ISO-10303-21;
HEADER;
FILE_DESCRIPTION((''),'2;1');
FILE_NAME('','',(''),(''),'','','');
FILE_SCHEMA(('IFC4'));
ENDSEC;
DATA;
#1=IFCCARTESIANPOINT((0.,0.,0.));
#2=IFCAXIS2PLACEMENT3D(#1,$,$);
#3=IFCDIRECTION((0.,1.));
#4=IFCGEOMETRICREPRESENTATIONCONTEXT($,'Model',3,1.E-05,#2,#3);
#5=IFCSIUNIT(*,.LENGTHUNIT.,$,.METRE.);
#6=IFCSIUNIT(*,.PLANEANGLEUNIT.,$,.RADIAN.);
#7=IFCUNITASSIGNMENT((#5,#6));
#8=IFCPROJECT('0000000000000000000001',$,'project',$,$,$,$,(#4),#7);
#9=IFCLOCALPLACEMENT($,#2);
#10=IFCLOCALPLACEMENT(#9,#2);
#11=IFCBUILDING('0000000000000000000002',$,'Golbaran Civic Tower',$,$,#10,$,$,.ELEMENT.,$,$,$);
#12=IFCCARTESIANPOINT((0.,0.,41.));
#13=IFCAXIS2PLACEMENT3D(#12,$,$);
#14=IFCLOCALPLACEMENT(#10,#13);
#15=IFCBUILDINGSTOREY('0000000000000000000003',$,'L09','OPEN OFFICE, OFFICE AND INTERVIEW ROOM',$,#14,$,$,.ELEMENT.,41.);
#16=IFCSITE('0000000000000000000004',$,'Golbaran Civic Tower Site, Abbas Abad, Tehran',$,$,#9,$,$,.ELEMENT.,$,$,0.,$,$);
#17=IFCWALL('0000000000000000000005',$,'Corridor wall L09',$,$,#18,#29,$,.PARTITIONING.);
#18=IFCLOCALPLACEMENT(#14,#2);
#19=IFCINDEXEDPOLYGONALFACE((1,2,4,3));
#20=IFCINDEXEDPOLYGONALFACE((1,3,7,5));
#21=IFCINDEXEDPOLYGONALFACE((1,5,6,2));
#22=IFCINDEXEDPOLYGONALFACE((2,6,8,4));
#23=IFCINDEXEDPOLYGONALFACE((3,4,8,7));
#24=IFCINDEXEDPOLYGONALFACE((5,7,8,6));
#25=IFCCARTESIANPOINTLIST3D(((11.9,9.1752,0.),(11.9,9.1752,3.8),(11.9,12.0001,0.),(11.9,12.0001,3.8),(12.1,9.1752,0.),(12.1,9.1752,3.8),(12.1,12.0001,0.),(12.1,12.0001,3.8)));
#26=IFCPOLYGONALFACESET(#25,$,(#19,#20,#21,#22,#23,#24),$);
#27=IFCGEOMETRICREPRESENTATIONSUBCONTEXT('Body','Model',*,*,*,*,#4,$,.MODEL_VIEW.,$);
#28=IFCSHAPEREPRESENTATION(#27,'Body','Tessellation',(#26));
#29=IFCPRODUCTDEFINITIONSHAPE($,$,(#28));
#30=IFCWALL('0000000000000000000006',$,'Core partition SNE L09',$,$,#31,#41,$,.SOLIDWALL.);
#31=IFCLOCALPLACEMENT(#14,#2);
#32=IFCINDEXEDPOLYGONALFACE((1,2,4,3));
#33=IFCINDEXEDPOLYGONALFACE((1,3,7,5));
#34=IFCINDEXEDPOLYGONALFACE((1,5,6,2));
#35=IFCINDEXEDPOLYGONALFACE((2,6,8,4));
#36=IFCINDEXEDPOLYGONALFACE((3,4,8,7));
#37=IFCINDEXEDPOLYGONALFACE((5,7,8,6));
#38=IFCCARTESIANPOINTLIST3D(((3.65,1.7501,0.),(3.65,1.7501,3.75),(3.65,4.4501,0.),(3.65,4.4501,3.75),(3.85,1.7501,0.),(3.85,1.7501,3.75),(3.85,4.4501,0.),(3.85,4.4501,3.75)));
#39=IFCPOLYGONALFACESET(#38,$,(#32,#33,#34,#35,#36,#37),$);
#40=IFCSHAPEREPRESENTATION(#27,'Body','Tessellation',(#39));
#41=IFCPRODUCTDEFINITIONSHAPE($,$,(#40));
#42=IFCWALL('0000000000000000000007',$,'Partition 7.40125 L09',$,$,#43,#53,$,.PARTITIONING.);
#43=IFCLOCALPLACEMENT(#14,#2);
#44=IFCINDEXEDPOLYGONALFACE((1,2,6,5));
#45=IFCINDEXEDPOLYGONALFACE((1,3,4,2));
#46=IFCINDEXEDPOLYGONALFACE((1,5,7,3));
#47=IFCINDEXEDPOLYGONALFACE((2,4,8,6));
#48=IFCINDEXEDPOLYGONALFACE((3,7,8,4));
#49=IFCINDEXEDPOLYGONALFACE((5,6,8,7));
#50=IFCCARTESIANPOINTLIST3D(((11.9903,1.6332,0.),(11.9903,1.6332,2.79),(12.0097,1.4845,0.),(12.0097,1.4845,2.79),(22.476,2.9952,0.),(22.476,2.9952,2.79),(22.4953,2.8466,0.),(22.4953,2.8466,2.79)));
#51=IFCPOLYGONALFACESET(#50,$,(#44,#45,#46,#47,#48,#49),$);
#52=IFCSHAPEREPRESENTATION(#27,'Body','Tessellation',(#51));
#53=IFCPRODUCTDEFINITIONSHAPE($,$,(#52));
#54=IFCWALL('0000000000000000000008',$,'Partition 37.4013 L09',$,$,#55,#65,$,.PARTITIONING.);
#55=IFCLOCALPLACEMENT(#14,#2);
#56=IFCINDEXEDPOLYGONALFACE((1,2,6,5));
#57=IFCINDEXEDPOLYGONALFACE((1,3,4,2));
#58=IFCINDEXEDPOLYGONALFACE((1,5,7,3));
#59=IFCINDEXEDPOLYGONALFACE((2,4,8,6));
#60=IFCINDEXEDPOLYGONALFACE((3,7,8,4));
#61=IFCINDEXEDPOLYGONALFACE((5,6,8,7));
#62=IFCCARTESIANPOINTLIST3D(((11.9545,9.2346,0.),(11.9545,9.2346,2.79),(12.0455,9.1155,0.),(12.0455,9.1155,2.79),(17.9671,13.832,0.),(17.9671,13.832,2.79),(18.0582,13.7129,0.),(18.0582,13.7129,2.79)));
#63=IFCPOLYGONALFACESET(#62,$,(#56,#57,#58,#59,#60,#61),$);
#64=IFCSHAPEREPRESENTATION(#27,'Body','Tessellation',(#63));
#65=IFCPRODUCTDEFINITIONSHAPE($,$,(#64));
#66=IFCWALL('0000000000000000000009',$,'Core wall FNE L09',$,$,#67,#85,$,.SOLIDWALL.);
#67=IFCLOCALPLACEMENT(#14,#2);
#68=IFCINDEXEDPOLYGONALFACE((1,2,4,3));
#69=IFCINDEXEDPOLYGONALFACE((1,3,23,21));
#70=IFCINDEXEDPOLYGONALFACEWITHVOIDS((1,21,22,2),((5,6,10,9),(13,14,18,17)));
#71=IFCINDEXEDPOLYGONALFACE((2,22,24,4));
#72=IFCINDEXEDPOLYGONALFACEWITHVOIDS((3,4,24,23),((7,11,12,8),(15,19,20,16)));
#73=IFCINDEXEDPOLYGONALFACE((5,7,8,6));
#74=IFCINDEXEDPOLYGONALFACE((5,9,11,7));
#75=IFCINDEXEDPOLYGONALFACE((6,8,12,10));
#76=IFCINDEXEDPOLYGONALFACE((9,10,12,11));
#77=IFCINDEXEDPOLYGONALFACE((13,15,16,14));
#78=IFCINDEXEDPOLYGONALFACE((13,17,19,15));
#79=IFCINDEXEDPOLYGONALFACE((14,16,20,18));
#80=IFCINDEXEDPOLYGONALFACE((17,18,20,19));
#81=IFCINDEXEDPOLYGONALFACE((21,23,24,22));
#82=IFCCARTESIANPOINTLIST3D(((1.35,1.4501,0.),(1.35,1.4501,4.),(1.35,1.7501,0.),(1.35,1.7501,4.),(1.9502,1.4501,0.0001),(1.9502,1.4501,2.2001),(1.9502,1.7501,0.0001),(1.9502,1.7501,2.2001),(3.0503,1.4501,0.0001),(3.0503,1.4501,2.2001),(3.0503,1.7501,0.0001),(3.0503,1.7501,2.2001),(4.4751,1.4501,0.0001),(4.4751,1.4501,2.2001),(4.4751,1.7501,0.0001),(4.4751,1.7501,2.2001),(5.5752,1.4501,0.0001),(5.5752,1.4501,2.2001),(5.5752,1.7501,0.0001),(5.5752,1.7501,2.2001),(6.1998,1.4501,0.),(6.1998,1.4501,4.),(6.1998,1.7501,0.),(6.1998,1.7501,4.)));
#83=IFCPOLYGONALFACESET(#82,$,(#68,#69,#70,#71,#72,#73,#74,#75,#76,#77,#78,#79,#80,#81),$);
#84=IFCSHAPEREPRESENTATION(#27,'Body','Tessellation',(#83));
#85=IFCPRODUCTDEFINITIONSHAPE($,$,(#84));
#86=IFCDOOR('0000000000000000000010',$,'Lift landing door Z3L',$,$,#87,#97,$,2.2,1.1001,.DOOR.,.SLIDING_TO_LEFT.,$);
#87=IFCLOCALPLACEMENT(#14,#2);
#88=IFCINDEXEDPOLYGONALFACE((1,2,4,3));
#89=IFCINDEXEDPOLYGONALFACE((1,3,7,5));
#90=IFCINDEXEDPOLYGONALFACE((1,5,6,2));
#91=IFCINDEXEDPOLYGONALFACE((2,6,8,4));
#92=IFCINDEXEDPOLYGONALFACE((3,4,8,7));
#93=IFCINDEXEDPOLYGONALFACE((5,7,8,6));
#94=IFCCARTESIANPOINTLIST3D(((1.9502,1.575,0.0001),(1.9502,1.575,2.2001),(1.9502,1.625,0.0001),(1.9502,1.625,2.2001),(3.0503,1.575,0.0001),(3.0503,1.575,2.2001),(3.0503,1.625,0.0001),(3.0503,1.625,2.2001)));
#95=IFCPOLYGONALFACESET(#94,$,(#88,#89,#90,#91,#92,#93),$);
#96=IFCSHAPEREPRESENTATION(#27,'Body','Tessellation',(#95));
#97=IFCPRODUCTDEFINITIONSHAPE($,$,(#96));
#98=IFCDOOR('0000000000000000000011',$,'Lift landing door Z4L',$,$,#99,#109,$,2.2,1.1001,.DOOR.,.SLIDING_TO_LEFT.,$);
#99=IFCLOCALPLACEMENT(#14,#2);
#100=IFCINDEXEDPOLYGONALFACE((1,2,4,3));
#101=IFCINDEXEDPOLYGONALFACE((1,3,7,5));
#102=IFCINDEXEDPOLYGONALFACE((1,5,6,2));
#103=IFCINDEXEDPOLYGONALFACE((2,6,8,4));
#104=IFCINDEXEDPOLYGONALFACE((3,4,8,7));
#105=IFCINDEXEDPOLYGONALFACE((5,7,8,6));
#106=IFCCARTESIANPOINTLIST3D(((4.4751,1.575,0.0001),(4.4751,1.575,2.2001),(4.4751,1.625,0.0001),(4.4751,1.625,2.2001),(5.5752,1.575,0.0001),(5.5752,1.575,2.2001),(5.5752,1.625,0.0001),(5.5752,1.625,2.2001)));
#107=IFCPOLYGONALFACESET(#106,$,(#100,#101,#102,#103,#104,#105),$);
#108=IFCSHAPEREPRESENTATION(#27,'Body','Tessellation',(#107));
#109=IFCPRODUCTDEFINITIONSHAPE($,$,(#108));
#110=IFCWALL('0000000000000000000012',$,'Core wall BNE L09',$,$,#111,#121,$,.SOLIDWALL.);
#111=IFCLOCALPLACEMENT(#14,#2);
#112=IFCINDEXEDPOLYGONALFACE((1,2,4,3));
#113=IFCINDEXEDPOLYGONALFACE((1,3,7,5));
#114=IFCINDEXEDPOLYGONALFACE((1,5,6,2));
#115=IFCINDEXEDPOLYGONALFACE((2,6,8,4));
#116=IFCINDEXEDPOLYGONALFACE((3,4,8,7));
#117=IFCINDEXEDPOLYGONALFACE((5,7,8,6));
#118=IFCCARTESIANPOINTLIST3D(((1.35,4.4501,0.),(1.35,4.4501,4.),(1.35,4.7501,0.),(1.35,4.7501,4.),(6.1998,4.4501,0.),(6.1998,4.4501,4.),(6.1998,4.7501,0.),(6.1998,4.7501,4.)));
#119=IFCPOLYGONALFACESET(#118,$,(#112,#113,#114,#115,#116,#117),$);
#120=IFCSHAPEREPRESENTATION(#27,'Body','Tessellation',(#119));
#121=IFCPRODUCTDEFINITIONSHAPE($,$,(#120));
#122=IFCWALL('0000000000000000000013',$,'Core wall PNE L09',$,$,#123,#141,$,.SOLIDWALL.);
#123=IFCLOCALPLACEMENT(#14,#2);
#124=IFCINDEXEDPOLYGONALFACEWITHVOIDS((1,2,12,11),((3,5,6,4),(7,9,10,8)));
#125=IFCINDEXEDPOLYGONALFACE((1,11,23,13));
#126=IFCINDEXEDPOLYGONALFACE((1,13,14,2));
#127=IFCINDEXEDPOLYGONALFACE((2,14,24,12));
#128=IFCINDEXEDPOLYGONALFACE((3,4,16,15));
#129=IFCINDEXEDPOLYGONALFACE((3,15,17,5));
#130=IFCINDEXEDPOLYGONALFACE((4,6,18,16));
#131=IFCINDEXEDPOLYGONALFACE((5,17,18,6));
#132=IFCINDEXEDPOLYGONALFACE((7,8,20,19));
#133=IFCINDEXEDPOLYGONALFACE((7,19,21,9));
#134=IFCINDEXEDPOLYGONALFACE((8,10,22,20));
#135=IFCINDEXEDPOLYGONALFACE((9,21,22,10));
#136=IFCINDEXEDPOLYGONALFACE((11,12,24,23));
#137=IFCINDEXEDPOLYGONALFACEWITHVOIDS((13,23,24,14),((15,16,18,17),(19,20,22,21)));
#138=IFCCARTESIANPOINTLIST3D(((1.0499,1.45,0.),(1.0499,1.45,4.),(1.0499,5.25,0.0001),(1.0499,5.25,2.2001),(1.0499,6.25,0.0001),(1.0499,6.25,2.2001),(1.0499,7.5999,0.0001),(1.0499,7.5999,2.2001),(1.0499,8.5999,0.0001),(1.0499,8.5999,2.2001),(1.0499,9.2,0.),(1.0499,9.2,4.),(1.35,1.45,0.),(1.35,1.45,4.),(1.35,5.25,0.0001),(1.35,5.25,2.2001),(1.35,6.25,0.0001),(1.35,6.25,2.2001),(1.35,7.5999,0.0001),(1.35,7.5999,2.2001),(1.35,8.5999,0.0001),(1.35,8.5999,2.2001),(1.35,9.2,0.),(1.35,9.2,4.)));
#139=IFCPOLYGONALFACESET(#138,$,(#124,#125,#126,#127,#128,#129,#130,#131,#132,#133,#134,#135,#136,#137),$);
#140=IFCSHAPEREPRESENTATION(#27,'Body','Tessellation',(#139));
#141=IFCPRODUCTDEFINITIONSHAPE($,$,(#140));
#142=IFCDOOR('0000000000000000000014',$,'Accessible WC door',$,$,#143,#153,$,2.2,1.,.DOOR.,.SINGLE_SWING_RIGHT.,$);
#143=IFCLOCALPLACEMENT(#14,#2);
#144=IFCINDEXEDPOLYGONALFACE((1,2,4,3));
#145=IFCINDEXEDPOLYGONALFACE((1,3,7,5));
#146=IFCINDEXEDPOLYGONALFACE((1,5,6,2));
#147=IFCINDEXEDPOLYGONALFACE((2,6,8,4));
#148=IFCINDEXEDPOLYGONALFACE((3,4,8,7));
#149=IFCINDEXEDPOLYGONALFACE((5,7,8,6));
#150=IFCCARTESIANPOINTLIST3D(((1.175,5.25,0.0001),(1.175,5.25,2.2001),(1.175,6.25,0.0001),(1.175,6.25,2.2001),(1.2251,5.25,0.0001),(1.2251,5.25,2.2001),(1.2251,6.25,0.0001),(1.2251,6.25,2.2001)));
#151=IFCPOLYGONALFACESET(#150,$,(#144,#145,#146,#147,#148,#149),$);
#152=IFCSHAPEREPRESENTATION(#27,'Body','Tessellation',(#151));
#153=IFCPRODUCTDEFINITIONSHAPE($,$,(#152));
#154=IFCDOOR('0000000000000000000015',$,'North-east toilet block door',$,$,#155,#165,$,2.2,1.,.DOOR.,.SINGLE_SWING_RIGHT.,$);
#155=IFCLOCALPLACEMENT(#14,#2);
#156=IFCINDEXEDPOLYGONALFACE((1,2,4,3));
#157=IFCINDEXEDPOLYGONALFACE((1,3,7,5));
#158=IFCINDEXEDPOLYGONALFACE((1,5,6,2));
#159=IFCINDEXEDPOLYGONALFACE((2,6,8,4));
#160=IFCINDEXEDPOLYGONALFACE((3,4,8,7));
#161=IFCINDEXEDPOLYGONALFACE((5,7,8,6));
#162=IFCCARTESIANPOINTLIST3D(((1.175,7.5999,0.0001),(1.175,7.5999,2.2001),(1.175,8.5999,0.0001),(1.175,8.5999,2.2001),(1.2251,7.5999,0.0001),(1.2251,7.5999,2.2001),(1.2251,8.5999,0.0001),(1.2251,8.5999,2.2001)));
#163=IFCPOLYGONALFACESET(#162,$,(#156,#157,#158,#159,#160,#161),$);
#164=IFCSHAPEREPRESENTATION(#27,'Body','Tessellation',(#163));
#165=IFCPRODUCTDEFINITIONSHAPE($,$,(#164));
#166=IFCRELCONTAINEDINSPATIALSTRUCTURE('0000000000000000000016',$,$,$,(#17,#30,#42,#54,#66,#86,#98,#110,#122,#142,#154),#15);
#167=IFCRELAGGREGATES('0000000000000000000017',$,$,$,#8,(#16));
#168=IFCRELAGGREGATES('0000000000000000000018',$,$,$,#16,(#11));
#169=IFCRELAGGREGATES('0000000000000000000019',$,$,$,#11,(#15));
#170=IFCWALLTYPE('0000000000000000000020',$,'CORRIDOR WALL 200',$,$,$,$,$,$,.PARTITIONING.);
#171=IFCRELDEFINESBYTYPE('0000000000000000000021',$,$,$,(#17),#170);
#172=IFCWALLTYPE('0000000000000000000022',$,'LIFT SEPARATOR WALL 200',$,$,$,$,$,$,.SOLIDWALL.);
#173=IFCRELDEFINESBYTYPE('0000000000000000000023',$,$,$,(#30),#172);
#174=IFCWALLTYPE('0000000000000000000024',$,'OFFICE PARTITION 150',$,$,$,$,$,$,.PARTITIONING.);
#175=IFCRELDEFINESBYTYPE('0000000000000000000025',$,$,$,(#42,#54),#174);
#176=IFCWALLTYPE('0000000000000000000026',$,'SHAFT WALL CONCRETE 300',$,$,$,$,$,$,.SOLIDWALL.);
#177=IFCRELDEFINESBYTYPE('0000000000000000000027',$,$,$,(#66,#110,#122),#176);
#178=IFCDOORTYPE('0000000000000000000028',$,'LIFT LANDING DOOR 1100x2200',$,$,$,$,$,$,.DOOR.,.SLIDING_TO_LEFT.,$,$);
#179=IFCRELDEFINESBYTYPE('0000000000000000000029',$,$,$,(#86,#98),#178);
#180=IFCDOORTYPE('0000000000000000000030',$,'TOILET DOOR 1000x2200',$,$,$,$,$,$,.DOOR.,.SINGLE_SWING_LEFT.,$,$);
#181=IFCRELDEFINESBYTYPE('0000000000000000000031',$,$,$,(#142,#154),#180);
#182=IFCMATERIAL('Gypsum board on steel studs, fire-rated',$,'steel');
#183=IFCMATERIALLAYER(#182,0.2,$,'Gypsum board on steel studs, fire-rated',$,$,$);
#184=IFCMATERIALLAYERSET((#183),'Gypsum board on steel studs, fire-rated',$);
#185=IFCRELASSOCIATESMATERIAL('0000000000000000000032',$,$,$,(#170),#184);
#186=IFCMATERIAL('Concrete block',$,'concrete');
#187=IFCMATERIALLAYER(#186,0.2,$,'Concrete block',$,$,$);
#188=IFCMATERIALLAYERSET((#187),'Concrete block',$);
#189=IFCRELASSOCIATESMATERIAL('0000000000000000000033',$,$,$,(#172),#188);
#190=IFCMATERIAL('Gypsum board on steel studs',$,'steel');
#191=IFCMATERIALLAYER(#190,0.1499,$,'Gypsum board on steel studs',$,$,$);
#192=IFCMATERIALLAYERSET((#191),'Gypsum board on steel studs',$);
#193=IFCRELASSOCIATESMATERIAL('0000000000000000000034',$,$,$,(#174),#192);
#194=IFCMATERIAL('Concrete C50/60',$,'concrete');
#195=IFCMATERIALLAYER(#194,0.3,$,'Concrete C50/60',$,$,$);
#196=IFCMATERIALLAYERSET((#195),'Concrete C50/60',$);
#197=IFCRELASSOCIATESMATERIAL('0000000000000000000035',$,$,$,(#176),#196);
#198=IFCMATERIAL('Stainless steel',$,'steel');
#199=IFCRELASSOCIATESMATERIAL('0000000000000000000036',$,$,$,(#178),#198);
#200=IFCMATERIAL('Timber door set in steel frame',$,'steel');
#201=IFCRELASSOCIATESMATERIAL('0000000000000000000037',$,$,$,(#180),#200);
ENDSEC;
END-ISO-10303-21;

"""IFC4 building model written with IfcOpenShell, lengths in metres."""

from ifc_helpers import new_model, si_unit, direction, frame, frame_2d, origin, place, context, subcontext, project, spatial, rectangle, extrude, material, layer, layer_set, type_object, element, fill, save


model = new_model("IFC4")

# Units and contexts
model_context = context("Model", 3, precision=1e-05, world=origin(), true_north=direction((0.0, 1.0)))
body_context = subcontext(model_context, "Body", "Model", "MODEL_VIEW")
ifc_project = project(units=[si_unit("LENGTHUNIT", "METRE"), si_unit("PLANEANGLEUNIT", "RADIAN")], contexts=[model_context])

# Site, building, storey
site_placement = place(None, origin())
site = spatial("IfcSite", under=ifc_project, at=site_placement, Name="Golbaran Civic Tower Site, Abbas Abad, Tehran", CompositionType="ELEMENT", RefElevation=0.0)
building_placement = place(site_placement, origin())
building = spatial("IfcBuilding", under=site, at=building_placement, Name="Golbaran Civic Tower", CompositionType="ELEMENT")
storey_placement = place(building_placement, frame((0.0, 0.0, 41.0)))
storey = spatial("IfcBuildingStorey", under=building, at=storey_placement, Name="L09", Description="OPEN OFFICE, OFFICE AND INTERVIEW ROOM", CompositionType="ELEMENT", Elevation=41.0)

# Shared definitions
ifc_material_1 = material(Name="Concrete block", Category="concrete")

# Shared definitions
ifc_material_2 = material(Name="Gypsum board on steel studs, fire-rated", Category="steel")
ifc_layer_1 = layer(ifc_material_2, 0.2, Name="Gypsum board on steel studs, fire-rated")
ifc_layer_set_1 = layer_set([ifc_layer_1], Name="Gypsum board on steel studs, fire-rated")
wall_type_1 = type_object("IfcWallType", Name="CORRIDOR WALL 200", PredefinedType="PARTITIONING", material=ifc_layer_set_1)
ifc_material_3 = material(Name="Timber door set in steel frame", Category="steel")

# Walls
wall_1_placement = place(storey_placement, frame((12.0, 9.175, 0.0), z_axis=(0.0, 0.0, 1.0), x_axis=(0.0, 1.0, 0.0)))
element("IfcWall", 1, at=wall_1_placement, inside=storey, type_object=wall_type_1, Name="Corridor wall L09", PredefinedType="PARTITIONING", context=body_context, shape_type="SweptSolid", body=[
    extrude(rectangle(XDim=2.825, YDim=0.2, at=frame_2d((1.4126, 0.0))), origin(), (0.0, 0.0, 1.0), 3.8),
])
ifc_layer_2 = layer(ifc_material_1, 0.2, Name="Concrete block")
ifc_layer_set_2 = layer_set([ifc_layer_2], Name="Concrete block")
wall_type_2 = type_object("IfcWallType", Name="LIFT SEPARATOR WALL 200", PredefinedType="SOLIDWALL", material=ifc_layer_set_2)
wall_2_placement = place(storey_placement, frame((3.75, 1.75, 0.0), z_axis=(0.0, 0.0, 1.0), x_axis=(0.0, 1.0, 0.0)))
element("IfcWall", 2, at=wall_2_placement, inside=storey, type_object=wall_type_2, Name="Core partition SNE L09", PredefinedType="SOLIDWALL", context=body_context, shape_type="SweptSolid", body=[
    extrude(rectangle(XDim=2.7, YDim=0.2, at=frame_2d((1.3501, 0.0))), origin(), (0.0, 0.0, 1.0), 3.75),
])
ifc_material_4 = material(Name="Gypsum board on steel studs", Category="steel")
ifc_layer_3 = layer(ifc_material_4, 0.1499, Name="Gypsum board on steel studs")
ifc_layer_set_3 = layer_set([ifc_layer_3], Name="Gypsum board on steel studs")
wall_type_3 = type_object("IfcWallType", Name="OFFICE PARTITION 150", PredefinedType="PARTITIONING", material=ifc_layer_set_3)
wall_3_placement = place(storey_placement, frame((12.0, 1.5588, 0.0), z_axis=(0.0, 0.0, 1.0), x_axis=(0.991669, 0.128816, 0.0)))
element("IfcWall", 3, at=wall_3_placement, inside=storey, type_object=wall_type_3, Name="Partition 7.40125 L09", PredefinedType="PARTITIONING", context=body_context, shape_type="SweptSolid", body=[
    extrude(rectangle(XDim=10.5737, YDim=0.1499, at=frame_2d((5.2869, 0.0))), origin(), (0.0, 0.0, 1.0), 2.79),
])
wall_4_placement = place(storey_placement, frame((12.0, 9.175, 0.0), z_axis=(0.0, 0.0, 1.0), x_axis=(0.794392, 0.607406, 0.0)))
element("IfcWall", 4, at=wall_4_placement, inside=storey, type_object=wall_type_3, Name="Partition 37.4013 L09", PredefinedType="PARTITIONING", context=body_context, shape_type="SweptSolid", body=[
    extrude(rectangle(XDim=7.5688, YDim=0.1499, at=frame_2d((3.7844, 0.0))), origin(), (0.0, 0.0, 1.0), 2.79),
])

# Wall, openings, doors
ifc_material_5 = material(Name="Concrete C50/60", Category="concrete")
ifc_layer_4 = layer(ifc_material_5, 0.3, Name="Concrete C50/60")
ifc_layer_set_4 = layer_set([ifc_layer_4], Name="Concrete C50/60")
wall_type_4 = type_object("IfcWallType", Name="SHAFT WALL CONCRETE 300", PredefinedType="SOLIDWALL", material=ifc_layer_set_4)
wall_5_placement = place(storey_placement, frame((1.3501, 1.6001, 0.0), z_axis=(0.0, 0.0, 1.0), x_axis=(1.0, 0.0, 0.0)))
wall_5 = element("IfcWall", 5, at=wall_5_placement, inside=storey, type_object=wall_type_4, Name="Core wall FNE L09", PredefinedType="SOLIDWALL", context=body_context, shape_type="SweptSolid", body=[
    extrude(rectangle(XDim=4.8499, YDim=0.3, at=frame_2d((2.4248, 0.0))), origin(), (0.0, 0.0, 1.0), 4.0),
])
opening_1_placement = place(wall_5_placement, frame((0.6001, 0.0, 0.0)))
opening_1 = element("IfcOpeningElement", 6, at=opening_1_placement, cuts=wall_5, PredefinedType="OPENING", context=body_context, shape_type="SweptSolid", body=[
    extrude(rectangle(XDim=1.1001, YDim=2.2, at=frame_2d((0.55, 1.1001))), frame((0.0, 0.1599, 0.0), z_axis=(0.0, -1.0, 0.0), x_axis=(1.0, 0.0, 0.0)), (0.0, 0.0, 1.0), 0.3201),
])
opening_2_placement = place(wall_5_placement, frame((3.125, 0.0, 0.0)))
opening_2 = element("IfcOpeningElement", 7, at=opening_2_placement, cuts=wall_5, PredefinedType="OPENING", context=body_context, shape_type="SweptSolid", body=[
    extrude(rectangle(XDim=1.1001, YDim=2.2, at=frame_2d((0.55, 1.1001))), frame((0.0, 0.1599, 0.0), z_axis=(0.0, -1.0, 0.0), x_axis=(1.0, 0.0, 0.0)), (0.0, 0.0, 1.0), 0.3201),
])
ifc_material_6 = material(Name="Stainless steel", Category="steel")
door_type_1 = type_object("IfcDoorType", Name="LIFT LANDING DOOR 1100x2200", OperationType="SLIDING_TO_LEFT", PredefinedType="DOOR", material=ifc_material_6)
door_1_placement = place(opening_1_placement, origin())
door_1 = element("IfcDoor", 8, at=door_1_placement, inside=storey, type_object=door_type_1, Name="Lift landing door Z3L", OperationType="SLIDING_TO_LEFT", OverallHeight=2.2, OverallWidth=1.1001, PredefinedType="DOOR", context=body_context, shape_type="SweptSolid", body=[
    extrude(rectangle(XDim=1.1001, YDim=2.2, at=frame_2d((0.55, 1.1001))), frame((0.0, 0.0249, 0.0), z_axis=(0.0, -1.0, 0.0), x_axis=(1.0, 0.0, 0.0)), (0.0, 0.0, 1.0), 0.05),
])
fill(opening_1, door_1)
door_2_placement = place(opening_2_placement, origin())
door_2 = element("IfcDoor", 9, at=door_2_placement, inside=storey, type_object=door_type_1, Name="Lift landing door Z4L", OperationType="SLIDING_TO_LEFT", OverallHeight=2.2, OverallWidth=1.1001, PredefinedType="DOOR", context=body_context, shape_type="SweptSolid", body=[
    extrude(rectangle(XDim=1.1001, YDim=2.2, at=frame_2d((0.55, 1.1001))), frame((0.0, 0.0249, 0.0), z_axis=(0.0, -1.0, 0.0), x_axis=(1.0, 0.0, 0.0)), (0.0, 0.0, 1.0), 0.05),
])
fill(opening_2, door_2)

# Wall
wall_6_placement = place(storey_placement, frame((1.3501, 4.6001, 0.0), z_axis=(0.0, 0.0, 1.0), x_axis=(1.0, 0.0, 0.0)))
element("IfcWall", 10, at=wall_6_placement, inside=storey, type_object=wall_type_4, Name="Core wall BNE L09", PredefinedType="SOLIDWALL", context=body_context, shape_type="SweptSolid", body=[
    extrude(rectangle(XDim=4.8499, YDim=0.3, at=frame_2d((2.4248, 0.0))), origin(), (0.0, 0.0, 1.0), 4.0),
])

# Wall, openings, doors
wall_7_placement = place(storey_placement, frame((1.2, 1.45, 0.0), z_axis=(0.0, 0.0, 1.0), x_axis=(0.0, 1.0, 0.0)))
wall_7 = element("IfcWall", 11, at=wall_7_placement, inside=storey, type_object=wall_type_4, Name="Core wall PNE L09", PredefinedType="SOLIDWALL", context=body_context, shape_type="SweptSolid", body=[
    extrude(rectangle(XDim=7.75, YDim=0.3, at=frame_2d((3.875, 0.0))), origin(), (0.0, 0.0, 1.0), 4.0),
])
opening_3_placement = place(wall_7_placement, frame((3.8, 0.0, 0.0)))
opening_3 = element("IfcOpeningElement", 12, at=opening_3_placement, cuts=wall_7, PredefinedType="OPENING", context=body_context, shape_type="SweptSolid", body=[
    extrude(rectangle(XDim=1.0, YDim=2.2, at=frame_2d((0.5, 1.1001))), frame((0.0, 0.1599, 0.0), z_axis=(0.0, -1.0, 0.0), x_axis=(1.0, 0.0, 0.0)), (0.0, 0.0, 1.0), 0.3201),
])
opening_4_placement = place(wall_7_placement, frame((6.1499, 0.0, 0.0)))
opening_4 = element("IfcOpeningElement", 13, at=opening_4_placement, cuts=wall_7, PredefinedType="OPENING", context=body_context, shape_type="SweptSolid", body=[
    extrude(rectangle(XDim=1.0, YDim=2.2, at=frame_2d((0.5, 1.1001))), frame((0.0, 0.1599, 0.0), z_axis=(0.0, -1.0, 0.0), x_axis=(1.0, 0.0, 0.0)), (0.0, 0.0, 1.0), 0.3201),
])
door_type_2 = type_object("IfcDoorType", Name="TOILET DOOR 1000x2200", OperationType="SINGLE_SWING_LEFT", PredefinedType="DOOR", material=ifc_material_3)
door_3_placement = place(opening_3_placement, origin())
door_3 = element("IfcDoor", 14, at=door_3_placement, inside=storey, type_object=door_type_2, Name="Accessible WC door", OperationType="SINGLE_SWING_RIGHT", OverallHeight=2.2, OverallWidth=1.0, PredefinedType="DOOR", context=body_context, shape_type="SweptSolid", body=[
    extrude(rectangle(XDim=1.0, YDim=2.2, at=frame_2d((0.5, 1.1001))), frame((0.0, 0.0249, 0.0), z_axis=(0.0, -1.0, 0.0), x_axis=(1.0, 0.0, 0.0)), (0.0, 0.0, 1.0), 0.05),
])
fill(opening_3, door_3)
door_4_placement = place(opening_4_placement, origin())
door_4 = element("IfcDoor", 15, at=door_4_placement, inside=storey, type_object=door_type_2, Name="North-east toilet block door", OperationType="SINGLE_SWING_RIGHT", OverallHeight=2.2, OverallWidth=1.0, PredefinedType="DOOR", context=body_context, shape_type="SweptSolid", body=[
    extrude(rectangle(XDim=1.0, YDim=2.2, at=frame_2d((0.5, 1.1001))), frame((0.0, 0.0249, 0.0), z_axis=(0.0, -1.0, 0.0), x_axis=(1.0, 0.0, 0.0)), (0.0, 0.0, 1.0), 0.05),
])
fill(opening_4, door_4)

save(model, "model.ifc")
